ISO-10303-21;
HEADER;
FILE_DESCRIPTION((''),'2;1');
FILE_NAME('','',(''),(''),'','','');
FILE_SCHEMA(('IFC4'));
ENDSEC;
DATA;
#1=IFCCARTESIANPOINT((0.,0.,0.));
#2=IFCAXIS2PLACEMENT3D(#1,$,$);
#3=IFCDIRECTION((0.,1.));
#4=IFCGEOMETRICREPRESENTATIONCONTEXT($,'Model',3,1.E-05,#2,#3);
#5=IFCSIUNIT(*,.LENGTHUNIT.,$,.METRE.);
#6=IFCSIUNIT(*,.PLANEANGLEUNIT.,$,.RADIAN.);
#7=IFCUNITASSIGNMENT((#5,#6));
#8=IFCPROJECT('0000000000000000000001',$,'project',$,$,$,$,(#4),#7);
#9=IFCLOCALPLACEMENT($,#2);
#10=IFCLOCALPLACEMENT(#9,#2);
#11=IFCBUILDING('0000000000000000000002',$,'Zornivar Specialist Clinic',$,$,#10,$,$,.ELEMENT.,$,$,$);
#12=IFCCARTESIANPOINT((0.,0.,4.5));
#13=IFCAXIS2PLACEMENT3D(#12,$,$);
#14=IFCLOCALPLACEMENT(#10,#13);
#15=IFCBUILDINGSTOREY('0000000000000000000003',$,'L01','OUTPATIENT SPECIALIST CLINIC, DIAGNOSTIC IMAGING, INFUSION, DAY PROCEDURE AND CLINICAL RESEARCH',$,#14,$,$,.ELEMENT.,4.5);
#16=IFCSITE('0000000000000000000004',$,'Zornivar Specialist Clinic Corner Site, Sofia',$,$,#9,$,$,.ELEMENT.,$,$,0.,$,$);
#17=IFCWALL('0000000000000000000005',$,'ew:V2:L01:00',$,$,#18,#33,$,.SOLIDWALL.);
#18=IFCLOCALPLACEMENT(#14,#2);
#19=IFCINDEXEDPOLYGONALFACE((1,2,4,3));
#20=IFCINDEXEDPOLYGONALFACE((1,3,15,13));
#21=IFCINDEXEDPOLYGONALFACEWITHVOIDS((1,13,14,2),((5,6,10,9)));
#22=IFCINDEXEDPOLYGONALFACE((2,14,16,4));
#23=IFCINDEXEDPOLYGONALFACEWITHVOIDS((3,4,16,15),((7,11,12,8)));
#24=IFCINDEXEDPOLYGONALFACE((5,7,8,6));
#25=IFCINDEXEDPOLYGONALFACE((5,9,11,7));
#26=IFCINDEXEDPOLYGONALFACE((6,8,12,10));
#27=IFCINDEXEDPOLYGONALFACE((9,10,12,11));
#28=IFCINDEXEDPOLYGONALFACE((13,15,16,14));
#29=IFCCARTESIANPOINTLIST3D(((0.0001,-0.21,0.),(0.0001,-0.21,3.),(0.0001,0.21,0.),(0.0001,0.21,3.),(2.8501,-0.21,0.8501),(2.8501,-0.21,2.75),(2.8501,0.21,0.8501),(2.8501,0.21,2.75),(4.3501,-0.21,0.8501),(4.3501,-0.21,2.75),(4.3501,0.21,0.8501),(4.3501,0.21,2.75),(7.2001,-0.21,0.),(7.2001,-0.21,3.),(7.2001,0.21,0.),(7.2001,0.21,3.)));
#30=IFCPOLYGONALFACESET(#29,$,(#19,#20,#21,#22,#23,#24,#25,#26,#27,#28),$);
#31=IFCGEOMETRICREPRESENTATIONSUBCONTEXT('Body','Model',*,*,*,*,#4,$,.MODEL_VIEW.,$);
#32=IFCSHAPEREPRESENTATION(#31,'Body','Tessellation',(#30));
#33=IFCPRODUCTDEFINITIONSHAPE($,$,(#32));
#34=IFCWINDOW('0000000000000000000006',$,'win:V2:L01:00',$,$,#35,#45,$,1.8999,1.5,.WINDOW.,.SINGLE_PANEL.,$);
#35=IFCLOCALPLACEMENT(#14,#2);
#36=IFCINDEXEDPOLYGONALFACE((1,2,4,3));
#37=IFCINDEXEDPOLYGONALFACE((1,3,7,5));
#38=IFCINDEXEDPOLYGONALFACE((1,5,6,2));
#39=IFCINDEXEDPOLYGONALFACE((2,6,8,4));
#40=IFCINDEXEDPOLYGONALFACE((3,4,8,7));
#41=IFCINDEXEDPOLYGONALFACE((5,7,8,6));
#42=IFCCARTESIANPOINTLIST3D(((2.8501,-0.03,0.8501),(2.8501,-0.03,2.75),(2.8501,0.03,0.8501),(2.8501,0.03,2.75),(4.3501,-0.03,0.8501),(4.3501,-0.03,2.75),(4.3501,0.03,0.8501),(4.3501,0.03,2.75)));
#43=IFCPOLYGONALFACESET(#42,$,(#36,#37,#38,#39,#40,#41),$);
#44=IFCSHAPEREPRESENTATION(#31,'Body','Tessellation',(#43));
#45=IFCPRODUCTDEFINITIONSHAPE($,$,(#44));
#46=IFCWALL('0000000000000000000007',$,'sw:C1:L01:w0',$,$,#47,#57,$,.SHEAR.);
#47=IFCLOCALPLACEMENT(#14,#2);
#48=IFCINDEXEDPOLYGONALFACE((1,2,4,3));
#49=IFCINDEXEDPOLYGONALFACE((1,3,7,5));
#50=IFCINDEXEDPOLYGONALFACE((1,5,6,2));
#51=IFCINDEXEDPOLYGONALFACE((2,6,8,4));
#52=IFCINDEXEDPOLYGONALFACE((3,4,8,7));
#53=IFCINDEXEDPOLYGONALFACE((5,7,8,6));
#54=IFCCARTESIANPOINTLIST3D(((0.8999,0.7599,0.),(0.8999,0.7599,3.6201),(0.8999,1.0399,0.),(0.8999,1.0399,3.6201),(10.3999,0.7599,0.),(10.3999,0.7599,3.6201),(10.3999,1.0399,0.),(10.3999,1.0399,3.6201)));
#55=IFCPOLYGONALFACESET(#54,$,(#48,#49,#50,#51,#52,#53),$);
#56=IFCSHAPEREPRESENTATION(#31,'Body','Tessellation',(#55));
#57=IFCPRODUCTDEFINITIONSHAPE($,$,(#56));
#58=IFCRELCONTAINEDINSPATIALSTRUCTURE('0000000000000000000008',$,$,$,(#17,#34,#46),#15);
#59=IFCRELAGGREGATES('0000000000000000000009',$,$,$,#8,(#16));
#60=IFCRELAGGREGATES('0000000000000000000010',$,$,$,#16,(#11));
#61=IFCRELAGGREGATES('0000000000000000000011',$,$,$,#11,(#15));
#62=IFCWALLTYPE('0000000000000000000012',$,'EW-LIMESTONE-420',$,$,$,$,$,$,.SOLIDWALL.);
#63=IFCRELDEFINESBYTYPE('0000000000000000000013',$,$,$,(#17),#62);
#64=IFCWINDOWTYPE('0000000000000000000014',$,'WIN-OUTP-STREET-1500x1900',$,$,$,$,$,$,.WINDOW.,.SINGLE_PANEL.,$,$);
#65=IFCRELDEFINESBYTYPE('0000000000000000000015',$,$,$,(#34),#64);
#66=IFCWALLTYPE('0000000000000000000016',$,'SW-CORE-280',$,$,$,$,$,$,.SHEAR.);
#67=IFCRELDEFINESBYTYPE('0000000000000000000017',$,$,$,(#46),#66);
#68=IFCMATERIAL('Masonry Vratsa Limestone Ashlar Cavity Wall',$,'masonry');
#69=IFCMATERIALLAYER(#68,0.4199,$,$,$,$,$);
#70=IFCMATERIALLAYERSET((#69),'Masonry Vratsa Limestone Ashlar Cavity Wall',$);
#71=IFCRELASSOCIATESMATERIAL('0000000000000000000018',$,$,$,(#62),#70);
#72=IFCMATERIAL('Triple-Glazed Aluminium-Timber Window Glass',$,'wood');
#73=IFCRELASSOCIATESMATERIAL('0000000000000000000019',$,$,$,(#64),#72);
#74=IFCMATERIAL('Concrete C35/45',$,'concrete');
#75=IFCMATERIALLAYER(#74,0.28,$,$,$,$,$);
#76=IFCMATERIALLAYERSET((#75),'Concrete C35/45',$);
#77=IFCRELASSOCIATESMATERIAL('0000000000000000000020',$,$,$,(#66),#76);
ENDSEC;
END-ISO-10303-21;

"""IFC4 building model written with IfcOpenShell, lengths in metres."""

from ifc_helpers import new_model, si_unit, direction, frame, frame_2d, origin, origin_with_axes, place, context, subcontext, project, spatial, rectangle, extrude, material, layer, layer_set, type_object, element, fill, save


model = new_model("IFC4")

# Units and contexts
model_context = context("Model", 3, precision=1e-05, world=origin(), true_north=direction((0.0, 1.0)))
body_context = subcontext(model_context, "Body", "Model", "MODEL_VIEW")
ifc_project = project(units=[si_unit("LENGTHUNIT", "METRE"), si_unit("PLANEANGLEUNIT", "RADIAN")], contexts=[model_context])

# Site, building, storey
site_placement = place(None, origin())
site = spatial("IfcSite", under=ifc_project, at=site_placement, Name="Zornivar Specialist Clinic Corner Site, Sofia", CompositionType="ELEMENT", RefElevation=0.0)
building_placement = place(site_placement, origin())
building = spatial("IfcBuilding", under=site, at=building_placement, Name="Zornivar Specialist Clinic", CompositionType="ELEMENT")
storey_placement = place(building_placement, frame((0.0, 0.0, 4.5)))
storey = spatial("IfcBuildingStorey", under=building, at=storey_placement, Name="L01", Description="OUTPATIENT SPECIALIST CLINIC, DIAGNOSTIC IMAGING, INFUSION, DAY PROCEDURE AND CLINICAL RESEARCH", CompositionType="ELEMENT", Elevation=4.5)

# Wall, opening, window
ifc_material_1 = material(Name="Masonry Vratsa Limestone Ashlar Cavity Wall", Category="masonry")
ifc_layer_1 = layer(ifc_material_1, 0.4199)
ifc_layer_set_1 = layer_set([ifc_layer_1], Name="Masonry Vratsa Limestone Ashlar Cavity Wall")
wall_type_1 = type_object("IfcWallType", Name="EW-LIMESTONE-420", PredefinedType="SOLIDWALL", material=ifc_layer_set_1)
wall_1_placement = place(storey_placement, origin_with_axes())
wall_1 = element("IfcWall", 1, at=wall_1_placement, inside=storey, type_object=wall_type_1, Name="ew:V2:L01:00", PredefinedType="SOLIDWALL", context=body_context, shape_type="SweptSolid", body=[
    extrude(rectangle(XDim=7.2, YDim=0.4199, at=frame_2d((3.6001, 0.0))), origin(), (0.0, 0.0, 1.0), 3.0),
])
opening_placement = place(wall_1_placement, frame((2.8501, 0.0, 0.8501)))
opening = element("IfcOpeningElement", 2, at=opening_placement, cuts=wall_1, PredefinedType="OPENING", context=body_context, shape_type="SweptSolid", body=[
    extrude(rectangle(XDim=1.5, YDim=1.8999, at=frame_2d((0.75, 0.95))), frame((0.0, 0.22, 0.0), z_axis=(0.0, -1.0, 0.0), x_axis=(1.0, 0.0, 0.0)), (0.0, 0.0, 1.0), 0.4399),
])
ifc_material_2 = material(Name="Triple-Glazed Aluminium-Timber Window Glass", Category="wood")
window_type = type_object("IfcWindowType", Name="WIN-OUTP-STREET-1500x1900", PartitioningType="SINGLE_PANEL", PredefinedType="WINDOW", material=ifc_material_2)
window_placement = place(opening_placement, origin())
window = element("IfcWindow", 3, at=window_placement, inside=storey, type_object=window_type, Name="win:V2:L01:00", OverallHeight=1.8999, OverallWidth=1.5, PartitioningType="SINGLE_PANEL", PredefinedType="WINDOW", context=body_context, shape_type="SweptSolid", body=[
    extrude(rectangle(XDim=1.5, YDim=1.8999, at=frame_2d((0.75, 0.95))), frame((0.0, 0.03, 0.0), z_axis=(0.0, -1.0, 0.0), x_axis=(1.0, 0.0, 0.0)), (0.0, 0.0, 1.0), 0.0601),
])
fill(opening, window)

# Wall
ifc_material_3 = material(Name="Concrete C35/45", Category="concrete")
ifc_layer_2 = layer(ifc_material_3, 0.28)
ifc_layer_set_2 = layer_set([ifc_layer_2], Name="Concrete C35/45")
wall_type_2 = type_object("IfcWallType", Name="SW-CORE-280", PredefinedType="SHEAR", material=ifc_layer_set_2)
wall_2_placement = place(storey_placement, frame((0.8999, 0.8999, 0.0), z_axis=(0.0, 0.0, 1.0), x_axis=(1.0, 0.0, 0.0)))
element("IfcWall", 4, at=wall_2_placement, inside=storey, type_object=wall_type_2, Name="sw:C1:L01:w0", PredefinedType="SHEAR", context=body_context, shape_type="SweptSolid", body=[
    extrude(rectangle(XDim=9.5, YDim=0.28, at=frame_2d((4.75, 0.0))), origin(), (0.0, 0.0, 1.0), 3.6201),
])

save(model, "model.ifc")
